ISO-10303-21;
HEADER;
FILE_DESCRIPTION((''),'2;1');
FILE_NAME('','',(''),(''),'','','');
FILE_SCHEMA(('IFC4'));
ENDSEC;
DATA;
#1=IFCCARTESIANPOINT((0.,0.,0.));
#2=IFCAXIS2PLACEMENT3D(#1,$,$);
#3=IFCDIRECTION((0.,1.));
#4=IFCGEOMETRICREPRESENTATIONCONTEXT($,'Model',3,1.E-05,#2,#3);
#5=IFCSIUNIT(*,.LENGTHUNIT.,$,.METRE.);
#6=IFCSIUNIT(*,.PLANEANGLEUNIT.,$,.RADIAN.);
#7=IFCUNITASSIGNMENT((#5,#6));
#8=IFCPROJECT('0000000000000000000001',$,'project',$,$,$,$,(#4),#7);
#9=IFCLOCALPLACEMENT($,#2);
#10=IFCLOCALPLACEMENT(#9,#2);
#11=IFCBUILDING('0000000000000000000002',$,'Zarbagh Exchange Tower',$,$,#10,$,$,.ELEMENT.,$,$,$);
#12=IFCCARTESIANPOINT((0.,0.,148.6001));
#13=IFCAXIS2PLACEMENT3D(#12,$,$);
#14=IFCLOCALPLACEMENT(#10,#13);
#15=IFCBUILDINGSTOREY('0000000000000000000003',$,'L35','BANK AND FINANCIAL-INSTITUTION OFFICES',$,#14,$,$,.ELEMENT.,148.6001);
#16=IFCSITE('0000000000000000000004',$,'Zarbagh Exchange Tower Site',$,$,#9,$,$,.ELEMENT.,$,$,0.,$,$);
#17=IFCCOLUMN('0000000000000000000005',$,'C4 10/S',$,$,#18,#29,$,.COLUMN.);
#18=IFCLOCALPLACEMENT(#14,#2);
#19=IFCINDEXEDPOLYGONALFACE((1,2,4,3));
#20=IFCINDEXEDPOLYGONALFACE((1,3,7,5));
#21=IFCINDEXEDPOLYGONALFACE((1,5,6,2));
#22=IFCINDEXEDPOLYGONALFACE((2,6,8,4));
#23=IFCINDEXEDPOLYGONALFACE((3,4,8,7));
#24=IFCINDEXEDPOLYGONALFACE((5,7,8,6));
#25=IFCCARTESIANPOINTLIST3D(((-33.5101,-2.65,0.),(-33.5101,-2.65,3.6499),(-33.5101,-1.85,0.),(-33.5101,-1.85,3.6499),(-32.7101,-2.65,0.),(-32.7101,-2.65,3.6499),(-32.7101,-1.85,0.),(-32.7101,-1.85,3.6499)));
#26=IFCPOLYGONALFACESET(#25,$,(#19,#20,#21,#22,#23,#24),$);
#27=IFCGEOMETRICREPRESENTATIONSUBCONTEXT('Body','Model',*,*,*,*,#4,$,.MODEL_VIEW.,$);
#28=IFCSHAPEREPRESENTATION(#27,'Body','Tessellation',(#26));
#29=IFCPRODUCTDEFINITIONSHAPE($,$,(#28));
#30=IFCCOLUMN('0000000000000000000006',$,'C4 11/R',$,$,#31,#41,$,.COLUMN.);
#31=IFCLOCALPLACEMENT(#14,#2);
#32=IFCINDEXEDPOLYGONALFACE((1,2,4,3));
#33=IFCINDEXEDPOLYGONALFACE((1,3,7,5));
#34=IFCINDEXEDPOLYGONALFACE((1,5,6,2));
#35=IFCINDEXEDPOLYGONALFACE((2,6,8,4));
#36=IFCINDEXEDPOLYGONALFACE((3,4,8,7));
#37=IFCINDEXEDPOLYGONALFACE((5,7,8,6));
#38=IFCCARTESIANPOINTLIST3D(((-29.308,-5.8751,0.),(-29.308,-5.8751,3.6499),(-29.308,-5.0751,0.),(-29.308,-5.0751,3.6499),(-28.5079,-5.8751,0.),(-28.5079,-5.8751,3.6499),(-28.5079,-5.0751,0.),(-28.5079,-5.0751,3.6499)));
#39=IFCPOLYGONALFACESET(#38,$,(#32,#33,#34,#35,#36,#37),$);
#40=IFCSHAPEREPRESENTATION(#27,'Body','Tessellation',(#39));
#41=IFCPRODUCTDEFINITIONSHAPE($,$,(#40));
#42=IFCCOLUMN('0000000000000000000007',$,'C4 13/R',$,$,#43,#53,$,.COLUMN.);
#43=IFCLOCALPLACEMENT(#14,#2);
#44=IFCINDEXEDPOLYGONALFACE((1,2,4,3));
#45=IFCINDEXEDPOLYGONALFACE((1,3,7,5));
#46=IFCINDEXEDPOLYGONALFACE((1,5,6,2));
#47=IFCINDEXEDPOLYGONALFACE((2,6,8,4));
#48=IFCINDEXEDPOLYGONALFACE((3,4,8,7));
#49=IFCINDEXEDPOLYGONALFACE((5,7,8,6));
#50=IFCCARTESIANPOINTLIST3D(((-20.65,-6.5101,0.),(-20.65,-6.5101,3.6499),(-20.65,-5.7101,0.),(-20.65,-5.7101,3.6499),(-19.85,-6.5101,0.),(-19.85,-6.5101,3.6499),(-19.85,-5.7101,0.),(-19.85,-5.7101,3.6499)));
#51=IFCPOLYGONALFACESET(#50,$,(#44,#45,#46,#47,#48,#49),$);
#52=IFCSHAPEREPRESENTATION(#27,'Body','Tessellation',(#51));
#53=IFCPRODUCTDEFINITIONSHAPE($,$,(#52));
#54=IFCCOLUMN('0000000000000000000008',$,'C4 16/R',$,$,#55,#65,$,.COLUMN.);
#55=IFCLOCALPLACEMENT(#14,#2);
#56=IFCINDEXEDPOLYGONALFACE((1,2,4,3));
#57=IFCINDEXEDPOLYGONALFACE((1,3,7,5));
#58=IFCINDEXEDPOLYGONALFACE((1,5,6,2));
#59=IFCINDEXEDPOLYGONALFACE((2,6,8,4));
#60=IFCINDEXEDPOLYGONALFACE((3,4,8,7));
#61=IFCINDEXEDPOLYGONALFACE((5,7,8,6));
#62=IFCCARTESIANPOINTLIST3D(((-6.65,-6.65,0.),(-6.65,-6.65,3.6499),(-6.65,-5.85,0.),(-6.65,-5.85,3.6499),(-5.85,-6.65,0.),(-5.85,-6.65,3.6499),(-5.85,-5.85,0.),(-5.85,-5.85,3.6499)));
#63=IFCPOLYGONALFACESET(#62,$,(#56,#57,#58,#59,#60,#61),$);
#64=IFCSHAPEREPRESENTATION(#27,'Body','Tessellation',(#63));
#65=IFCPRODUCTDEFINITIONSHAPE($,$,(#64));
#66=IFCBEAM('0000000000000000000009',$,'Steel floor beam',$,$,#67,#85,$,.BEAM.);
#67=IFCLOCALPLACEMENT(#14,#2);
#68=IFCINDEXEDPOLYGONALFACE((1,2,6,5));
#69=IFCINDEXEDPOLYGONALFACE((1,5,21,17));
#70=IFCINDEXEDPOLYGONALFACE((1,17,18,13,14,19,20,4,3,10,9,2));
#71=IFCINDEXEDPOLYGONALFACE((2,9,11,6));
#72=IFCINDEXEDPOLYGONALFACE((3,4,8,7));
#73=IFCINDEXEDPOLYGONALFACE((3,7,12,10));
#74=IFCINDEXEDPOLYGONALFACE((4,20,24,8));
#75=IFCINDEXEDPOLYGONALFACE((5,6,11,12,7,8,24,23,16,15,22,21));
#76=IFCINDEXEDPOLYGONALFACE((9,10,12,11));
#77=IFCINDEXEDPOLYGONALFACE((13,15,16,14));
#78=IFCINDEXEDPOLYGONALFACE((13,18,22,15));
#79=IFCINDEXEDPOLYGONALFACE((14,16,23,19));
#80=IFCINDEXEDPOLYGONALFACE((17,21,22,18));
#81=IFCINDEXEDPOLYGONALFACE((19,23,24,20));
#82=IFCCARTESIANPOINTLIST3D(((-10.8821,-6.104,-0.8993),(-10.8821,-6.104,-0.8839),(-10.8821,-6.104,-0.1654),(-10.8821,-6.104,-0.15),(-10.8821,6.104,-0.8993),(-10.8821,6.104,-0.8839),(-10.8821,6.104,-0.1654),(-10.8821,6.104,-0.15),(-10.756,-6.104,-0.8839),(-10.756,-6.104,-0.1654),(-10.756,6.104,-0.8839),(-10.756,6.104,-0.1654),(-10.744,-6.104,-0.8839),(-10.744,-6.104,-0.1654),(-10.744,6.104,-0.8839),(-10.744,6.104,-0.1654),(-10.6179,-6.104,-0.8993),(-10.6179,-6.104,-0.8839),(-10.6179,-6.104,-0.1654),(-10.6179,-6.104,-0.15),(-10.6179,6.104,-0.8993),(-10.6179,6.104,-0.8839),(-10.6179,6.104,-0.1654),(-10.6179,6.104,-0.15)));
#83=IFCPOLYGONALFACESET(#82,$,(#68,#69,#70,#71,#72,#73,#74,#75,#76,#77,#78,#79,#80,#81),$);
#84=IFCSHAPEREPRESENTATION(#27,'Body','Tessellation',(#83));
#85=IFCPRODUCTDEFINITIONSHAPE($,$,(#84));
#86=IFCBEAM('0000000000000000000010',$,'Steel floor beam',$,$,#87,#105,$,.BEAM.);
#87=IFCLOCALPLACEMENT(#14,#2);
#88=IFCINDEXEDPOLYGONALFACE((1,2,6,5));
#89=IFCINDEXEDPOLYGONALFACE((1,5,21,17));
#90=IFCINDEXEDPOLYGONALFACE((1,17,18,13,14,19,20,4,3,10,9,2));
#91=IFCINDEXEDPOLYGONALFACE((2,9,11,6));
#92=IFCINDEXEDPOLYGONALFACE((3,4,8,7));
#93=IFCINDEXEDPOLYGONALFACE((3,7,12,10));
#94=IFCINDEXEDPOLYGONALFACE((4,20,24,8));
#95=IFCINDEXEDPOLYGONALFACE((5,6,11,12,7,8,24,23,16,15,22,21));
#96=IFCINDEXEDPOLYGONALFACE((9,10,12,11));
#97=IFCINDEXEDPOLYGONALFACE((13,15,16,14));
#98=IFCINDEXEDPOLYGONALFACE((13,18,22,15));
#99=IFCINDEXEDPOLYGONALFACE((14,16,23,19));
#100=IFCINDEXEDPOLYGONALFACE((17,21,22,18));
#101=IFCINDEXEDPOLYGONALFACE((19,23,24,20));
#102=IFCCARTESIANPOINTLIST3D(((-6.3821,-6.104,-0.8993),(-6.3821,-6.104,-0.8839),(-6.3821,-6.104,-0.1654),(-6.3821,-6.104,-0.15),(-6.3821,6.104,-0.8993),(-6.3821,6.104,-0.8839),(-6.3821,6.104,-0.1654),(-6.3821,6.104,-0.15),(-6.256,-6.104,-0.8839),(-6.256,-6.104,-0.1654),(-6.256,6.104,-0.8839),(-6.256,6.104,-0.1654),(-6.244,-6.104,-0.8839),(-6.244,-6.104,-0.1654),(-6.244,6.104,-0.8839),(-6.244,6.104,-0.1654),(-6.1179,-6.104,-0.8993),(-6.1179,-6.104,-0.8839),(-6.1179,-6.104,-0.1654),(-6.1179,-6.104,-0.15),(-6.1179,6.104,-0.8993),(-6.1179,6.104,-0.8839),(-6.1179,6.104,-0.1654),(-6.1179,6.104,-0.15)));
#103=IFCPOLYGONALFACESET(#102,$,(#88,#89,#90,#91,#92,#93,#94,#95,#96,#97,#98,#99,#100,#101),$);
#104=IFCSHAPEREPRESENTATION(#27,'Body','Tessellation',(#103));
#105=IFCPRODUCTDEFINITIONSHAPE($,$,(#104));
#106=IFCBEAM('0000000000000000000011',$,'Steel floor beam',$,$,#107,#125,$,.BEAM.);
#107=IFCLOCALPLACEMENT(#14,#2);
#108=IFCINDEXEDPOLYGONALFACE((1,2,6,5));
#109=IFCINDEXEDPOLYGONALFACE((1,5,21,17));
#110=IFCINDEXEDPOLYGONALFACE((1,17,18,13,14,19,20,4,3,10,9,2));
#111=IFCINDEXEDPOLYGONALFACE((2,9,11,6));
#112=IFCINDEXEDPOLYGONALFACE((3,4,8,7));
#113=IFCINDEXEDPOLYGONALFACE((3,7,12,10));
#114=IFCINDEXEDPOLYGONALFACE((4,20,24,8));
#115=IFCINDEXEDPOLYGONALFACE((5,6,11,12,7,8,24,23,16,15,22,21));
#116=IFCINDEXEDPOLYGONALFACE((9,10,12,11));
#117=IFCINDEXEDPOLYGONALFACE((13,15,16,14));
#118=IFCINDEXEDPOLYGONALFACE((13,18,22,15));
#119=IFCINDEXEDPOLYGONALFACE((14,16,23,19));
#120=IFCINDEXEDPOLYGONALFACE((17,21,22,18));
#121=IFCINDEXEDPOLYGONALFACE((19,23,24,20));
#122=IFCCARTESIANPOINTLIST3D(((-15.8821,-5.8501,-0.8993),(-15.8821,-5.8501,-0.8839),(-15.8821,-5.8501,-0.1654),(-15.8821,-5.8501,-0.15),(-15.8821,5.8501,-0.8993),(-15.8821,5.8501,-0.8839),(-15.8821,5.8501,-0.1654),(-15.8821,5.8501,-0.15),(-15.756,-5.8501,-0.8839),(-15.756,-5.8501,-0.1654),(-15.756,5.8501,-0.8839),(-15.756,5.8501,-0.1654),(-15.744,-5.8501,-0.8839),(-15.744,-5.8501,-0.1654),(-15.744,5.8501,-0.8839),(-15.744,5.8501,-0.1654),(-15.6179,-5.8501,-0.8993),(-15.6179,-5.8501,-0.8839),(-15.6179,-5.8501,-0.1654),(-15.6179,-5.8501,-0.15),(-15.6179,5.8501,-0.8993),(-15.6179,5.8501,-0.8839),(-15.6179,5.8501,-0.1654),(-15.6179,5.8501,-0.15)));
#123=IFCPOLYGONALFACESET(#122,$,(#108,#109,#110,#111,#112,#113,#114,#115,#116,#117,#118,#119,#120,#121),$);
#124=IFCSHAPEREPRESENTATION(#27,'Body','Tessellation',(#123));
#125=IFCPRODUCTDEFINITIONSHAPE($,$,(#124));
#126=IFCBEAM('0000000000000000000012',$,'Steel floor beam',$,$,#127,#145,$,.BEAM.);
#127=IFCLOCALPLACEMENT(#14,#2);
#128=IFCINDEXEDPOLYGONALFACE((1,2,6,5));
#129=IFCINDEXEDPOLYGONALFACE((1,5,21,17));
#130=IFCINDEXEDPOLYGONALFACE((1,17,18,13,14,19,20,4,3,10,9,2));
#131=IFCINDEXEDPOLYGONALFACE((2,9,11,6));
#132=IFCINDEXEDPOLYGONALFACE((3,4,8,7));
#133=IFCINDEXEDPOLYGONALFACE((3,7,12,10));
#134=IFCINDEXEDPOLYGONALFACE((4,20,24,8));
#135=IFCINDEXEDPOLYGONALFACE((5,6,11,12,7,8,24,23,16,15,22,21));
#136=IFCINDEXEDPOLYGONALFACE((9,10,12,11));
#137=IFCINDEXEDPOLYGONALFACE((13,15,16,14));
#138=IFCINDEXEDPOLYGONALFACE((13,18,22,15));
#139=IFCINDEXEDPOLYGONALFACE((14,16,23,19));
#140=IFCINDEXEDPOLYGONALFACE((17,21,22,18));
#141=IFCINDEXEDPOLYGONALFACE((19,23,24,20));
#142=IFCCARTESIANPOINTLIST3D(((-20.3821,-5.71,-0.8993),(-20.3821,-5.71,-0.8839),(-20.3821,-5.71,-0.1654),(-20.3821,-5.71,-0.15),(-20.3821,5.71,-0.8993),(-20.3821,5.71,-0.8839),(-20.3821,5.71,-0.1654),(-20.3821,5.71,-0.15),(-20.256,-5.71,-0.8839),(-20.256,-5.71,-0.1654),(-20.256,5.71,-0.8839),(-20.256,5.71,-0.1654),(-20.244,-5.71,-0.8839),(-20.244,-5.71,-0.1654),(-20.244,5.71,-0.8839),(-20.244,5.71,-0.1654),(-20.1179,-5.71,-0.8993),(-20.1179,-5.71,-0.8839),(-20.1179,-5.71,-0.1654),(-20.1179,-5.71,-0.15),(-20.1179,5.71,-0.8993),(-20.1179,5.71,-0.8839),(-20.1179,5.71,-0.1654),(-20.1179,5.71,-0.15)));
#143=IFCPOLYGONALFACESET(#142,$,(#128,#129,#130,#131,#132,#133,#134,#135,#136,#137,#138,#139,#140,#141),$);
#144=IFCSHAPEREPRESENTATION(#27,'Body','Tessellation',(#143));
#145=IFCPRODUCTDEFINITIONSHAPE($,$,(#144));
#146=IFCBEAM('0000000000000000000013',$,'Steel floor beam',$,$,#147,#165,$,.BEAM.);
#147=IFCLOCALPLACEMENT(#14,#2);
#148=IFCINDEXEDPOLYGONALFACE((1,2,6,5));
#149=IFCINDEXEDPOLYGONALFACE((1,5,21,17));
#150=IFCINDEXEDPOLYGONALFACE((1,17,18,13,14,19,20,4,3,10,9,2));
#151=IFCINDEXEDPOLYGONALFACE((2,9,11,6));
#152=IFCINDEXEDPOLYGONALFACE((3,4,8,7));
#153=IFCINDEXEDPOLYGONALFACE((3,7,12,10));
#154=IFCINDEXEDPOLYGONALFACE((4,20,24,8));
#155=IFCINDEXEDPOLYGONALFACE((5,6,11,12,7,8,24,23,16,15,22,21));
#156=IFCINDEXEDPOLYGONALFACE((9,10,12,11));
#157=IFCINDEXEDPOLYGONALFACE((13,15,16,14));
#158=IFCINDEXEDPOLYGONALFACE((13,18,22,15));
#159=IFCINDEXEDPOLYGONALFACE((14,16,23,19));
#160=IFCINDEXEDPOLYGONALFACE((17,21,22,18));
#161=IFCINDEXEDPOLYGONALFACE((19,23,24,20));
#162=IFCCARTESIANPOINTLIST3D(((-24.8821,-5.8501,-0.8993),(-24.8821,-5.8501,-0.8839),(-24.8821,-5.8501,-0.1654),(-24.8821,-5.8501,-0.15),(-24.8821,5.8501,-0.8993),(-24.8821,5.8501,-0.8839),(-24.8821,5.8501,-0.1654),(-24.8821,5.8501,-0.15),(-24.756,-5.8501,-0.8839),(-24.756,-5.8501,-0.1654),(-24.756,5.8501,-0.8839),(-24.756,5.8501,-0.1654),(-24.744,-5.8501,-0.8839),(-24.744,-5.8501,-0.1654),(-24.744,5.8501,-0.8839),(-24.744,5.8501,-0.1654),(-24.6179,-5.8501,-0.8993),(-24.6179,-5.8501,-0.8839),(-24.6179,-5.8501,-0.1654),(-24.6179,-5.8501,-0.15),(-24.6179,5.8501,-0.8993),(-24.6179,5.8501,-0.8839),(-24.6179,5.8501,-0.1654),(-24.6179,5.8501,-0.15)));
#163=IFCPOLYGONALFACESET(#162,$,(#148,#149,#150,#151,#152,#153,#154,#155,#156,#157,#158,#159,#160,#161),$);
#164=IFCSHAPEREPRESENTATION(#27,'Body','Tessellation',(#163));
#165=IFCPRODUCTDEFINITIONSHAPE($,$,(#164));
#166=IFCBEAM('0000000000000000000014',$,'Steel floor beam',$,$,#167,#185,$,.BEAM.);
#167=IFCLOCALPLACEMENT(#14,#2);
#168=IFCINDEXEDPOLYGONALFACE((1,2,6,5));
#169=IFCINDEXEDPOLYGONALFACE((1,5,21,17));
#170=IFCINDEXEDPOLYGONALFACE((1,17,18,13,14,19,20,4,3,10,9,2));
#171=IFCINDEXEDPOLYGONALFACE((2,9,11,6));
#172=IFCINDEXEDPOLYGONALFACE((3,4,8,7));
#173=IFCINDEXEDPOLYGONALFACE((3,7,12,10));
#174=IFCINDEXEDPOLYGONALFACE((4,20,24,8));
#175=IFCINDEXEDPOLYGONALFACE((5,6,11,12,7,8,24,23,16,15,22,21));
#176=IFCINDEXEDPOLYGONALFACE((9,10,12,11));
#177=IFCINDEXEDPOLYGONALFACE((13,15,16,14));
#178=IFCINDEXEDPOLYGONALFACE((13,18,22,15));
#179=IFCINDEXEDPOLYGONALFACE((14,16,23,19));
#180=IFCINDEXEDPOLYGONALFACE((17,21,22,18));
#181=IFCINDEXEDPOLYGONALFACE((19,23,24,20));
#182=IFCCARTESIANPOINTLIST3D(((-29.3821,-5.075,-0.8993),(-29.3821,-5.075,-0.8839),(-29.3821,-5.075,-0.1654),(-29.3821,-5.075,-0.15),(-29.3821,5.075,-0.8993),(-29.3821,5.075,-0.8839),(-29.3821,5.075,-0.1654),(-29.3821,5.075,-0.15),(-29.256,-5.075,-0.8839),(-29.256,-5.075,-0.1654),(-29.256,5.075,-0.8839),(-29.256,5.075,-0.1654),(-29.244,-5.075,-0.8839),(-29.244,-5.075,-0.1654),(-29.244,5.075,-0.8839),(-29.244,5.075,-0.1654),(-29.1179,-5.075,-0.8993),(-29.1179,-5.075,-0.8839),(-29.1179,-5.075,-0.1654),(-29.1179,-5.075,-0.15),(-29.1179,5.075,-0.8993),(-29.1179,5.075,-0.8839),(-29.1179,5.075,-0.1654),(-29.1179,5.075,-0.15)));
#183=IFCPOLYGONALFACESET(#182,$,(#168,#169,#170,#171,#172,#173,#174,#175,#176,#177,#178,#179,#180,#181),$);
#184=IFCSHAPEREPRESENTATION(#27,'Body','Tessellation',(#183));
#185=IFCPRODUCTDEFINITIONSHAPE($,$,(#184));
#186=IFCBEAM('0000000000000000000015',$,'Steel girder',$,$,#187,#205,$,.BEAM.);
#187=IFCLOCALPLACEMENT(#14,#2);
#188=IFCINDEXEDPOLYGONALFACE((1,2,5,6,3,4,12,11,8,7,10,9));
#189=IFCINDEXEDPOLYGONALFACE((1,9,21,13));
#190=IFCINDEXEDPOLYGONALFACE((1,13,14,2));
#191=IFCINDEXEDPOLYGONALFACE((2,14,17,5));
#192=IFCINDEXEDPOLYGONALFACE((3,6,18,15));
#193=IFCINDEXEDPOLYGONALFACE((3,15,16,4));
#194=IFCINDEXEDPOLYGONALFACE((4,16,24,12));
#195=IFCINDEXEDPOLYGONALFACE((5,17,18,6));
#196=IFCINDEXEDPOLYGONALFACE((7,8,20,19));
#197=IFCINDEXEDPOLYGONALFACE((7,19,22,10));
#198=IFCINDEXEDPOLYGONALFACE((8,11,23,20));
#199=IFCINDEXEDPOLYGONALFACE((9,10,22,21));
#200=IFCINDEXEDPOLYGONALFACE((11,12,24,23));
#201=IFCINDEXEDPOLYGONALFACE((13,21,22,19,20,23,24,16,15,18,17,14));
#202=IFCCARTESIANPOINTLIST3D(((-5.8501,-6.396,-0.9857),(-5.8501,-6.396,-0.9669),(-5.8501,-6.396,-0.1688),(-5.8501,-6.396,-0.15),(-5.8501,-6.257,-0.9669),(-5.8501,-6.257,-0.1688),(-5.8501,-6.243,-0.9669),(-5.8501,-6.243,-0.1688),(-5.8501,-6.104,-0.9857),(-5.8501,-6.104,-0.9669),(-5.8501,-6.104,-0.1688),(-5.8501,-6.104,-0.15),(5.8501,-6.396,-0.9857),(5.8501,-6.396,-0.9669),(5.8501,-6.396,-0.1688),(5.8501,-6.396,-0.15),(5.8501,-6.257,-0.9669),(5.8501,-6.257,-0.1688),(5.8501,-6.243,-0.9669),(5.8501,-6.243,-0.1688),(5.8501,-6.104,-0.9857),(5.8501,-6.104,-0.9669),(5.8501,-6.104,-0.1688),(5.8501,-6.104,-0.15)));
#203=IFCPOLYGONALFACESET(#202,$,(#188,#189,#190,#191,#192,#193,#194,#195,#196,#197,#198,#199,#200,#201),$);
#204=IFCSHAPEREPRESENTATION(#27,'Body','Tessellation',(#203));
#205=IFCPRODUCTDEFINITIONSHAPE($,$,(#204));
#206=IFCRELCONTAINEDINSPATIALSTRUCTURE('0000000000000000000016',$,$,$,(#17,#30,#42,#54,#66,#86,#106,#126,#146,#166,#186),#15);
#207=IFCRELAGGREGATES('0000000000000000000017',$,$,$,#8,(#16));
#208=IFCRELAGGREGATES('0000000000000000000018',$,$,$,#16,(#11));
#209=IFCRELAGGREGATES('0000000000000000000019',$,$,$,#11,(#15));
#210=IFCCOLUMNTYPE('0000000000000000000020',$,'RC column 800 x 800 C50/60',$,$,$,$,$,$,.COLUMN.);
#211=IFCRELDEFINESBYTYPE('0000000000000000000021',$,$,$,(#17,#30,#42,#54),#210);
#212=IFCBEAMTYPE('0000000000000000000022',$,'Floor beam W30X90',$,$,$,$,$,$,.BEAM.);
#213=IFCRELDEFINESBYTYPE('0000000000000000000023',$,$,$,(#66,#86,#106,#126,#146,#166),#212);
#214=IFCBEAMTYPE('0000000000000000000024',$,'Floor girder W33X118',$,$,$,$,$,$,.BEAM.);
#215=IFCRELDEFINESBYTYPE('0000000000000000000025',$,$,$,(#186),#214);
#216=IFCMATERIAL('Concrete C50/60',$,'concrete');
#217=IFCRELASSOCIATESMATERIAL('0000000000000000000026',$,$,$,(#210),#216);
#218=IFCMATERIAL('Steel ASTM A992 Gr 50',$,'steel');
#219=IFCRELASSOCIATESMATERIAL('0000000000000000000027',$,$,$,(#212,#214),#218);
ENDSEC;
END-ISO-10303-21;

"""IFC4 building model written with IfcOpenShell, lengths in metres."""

from ifc_helpers import new_model, si_unit, direction, frame, origin, origin_2d, place, context, subcontext, project, spatial, rectangle, i_section, extrude, material, material_profile, profile_set, type_object, element, save


model = new_model("IFC4")

# Units and contexts
model_context = context("Model", 3, precision=1e-05, world=origin(), true_north=direction((0.0, 1.0)))
body_context = subcontext(model_context, "Body", "Model", "MODEL_VIEW")
ifc_project = project(units=[si_unit("LENGTHUNIT", "METRE"), si_unit("PLANEANGLEUNIT", "RADIAN")], contexts=[model_context])

# Site, building, storey
site_placement = place(None, origin())
site = spatial("IfcSite", under=ifc_project, at=site_placement, Name="Zarbagh Exchange Tower Site", CompositionType="ELEMENT", RefElevation=0.0)
building_placement = place(site_placement, origin())
building = spatial("IfcBuilding", under=site, at=building_placement, Name="Zarbagh Exchange Tower", CompositionType="ELEMENT")
storey_placement = place(building_placement, frame((0.0, 0.0, 148.6001)))
storey = spatial("IfcBuildingStorey", under=building, at=storey_placement, Name="L35", Description="BANK AND FINANCIAL-INSTITUTION OFFICES", CompositionType="ELEMENT", Elevation=148.6001)

# Columns
ifc_material_1 = material(Name="Concrete C50/60", Category="concrete")
ifc_material_profile_1 = material_profile(ifc_material_1, rectangle(XDim=0.8, YDim=0.8, at=origin_2d()), Name="RC column 800 x 800 C50/60")
ifc_profile_set_1 = profile_set([ifc_material_profile_1], Name="Concrete C50/60")
column_type = type_object("IfcColumnType", Name="RC column 800 x 800 C50/60", PredefinedType="COLUMN", material=ifc_profile_set_1)
for number, where, z_axis, x_axis, name in (
    (1, (-33.1101, -2.25, 0.0), (0.0, 0.0, 1.0), (1.0, 0.0, 0.0), "C4 10/S"),
    (2, (-28.908, -5.4751, 0.0), (0.0, 0.0, 1.0), (1.0, 0.0, 0.0), "C4 11/R"),
    (3, (-20.25, -6.1101, 0.0), (0.0, 0.0, 1.0), (1.0, 0.0, 0.0), "C4 13/R"),
    (4, (-6.25, -6.25, 0.0), (0.0, 0.0, 1.0), (1.0, 0.0, 0.0), "C4 16/R"),
):
    element("IfcColumn", number, at=place(storey_placement, frame(where, z_axis=z_axis, x_axis=x_axis)), inside=storey, type_object=column_type, Name=name, PredefinedType="COLUMN", context=body_context, shape_type="SweptSolid", body=[
        extrude(rectangle(XDim=0.8, YDim=0.8, at=origin_2d()), origin(), (0.0, 0.0, 1.0), 3.6499),
    ])

# Beams
ifc_material_2 = material(Name="Steel ASTM A992 Gr 50", Category="steel")
ifc_material_profile_2 = material_profile(ifc_material_2, i_section(OverallWidth=0.2642, OverallDepth=0.7493, WebThickness=0.012, FlangeThickness=0.0154, at=origin_2d()), Name="W30X90")
ifc_profile_set_2 = profile_set([ifc_material_profile_2], Name="Steel ASTM A992 Gr 50")
beam_type_1 = type_object("IfcBeamType", Name="Floor beam W30X90", PredefinedType="BEAM", material=ifc_profile_set_2)
for number, where, z_axis, x_axis, name in (
    (5, (-10.75, -6.104, -0.5247), (0.0, 1.0, 0.0), (-1.0, 0.0, 0.0), "Steel floor beam"),
    (6, (-6.25, -6.104, -0.5247), (0.0, 1.0, 0.0), (-1.0, 0.0, 0.0), "Steel floor beam"),
):
    element("IfcBeam", number, at=place(storey_placement, frame(where, z_axis=z_axis, x_axis=x_axis)), inside=storey, type_object=beam_type_1, Name=name, PredefinedType="BEAM", context=body_context, shape_type="SweptSolid", body=[
        extrude(i_section(OverallWidth=0.2642, OverallDepth=0.7493, WebThickness=0.012, FlangeThickness=0.0154, at=origin_2d()), origin(), (0.0, 0.0, 1.0), 12.208),
    ])
beam_1_placement = place(storey_placement, frame((-15.75, -5.8501, -0.5247), z_axis=(0.0, 1.0, 0.0), x_axis=(-1.0, 0.0, 0.0)))
element("IfcBeam", 7, at=beam_1_placement, inside=storey, type_object=beam_type_1, Name="Steel floor beam", PredefinedType="BEAM", context=body_context, shape_type="SweptSolid", body=[
    extrude(i_section(OverallWidth=0.2642, OverallDepth=0.7493, WebThickness=0.012, FlangeThickness=0.0154, at=origin_2d()), origin(), (0.0, 0.0, 1.0), 11.7002),
])
beam_2_placement = place(storey_placement, frame((-20.25, -5.71, -0.5247), z_axis=(0.0, 1.0, 0.0), x_axis=(-1.0, 0.0, 0.0)))
element("IfcBeam", 8, at=beam_2_placement, inside=storey, type_object=beam_type_1, Name="Steel floor beam", PredefinedType="BEAM", context=body_context, shape_type="SweptSolid", body=[
    extrude(i_section(OverallWidth=0.2642, OverallDepth=0.7493, WebThickness=0.012, FlangeThickness=0.0154, at=origin_2d()), origin(), (0.0, 0.0, 1.0), 11.4199),
])
beam_3_placement = place(storey_placement, frame((-24.75, -5.8501, -0.5247), z_axis=(0.0, 1.0, 0.0), x_axis=(-1.0, 0.0, 0.0)))
element("IfcBeam", 9, at=beam_3_placement, inside=storey, type_object=beam_type_1, Name="Steel floor beam", PredefinedType="BEAM", context=body_context, shape_type="SweptSolid", body=[
    extrude(i_section(OverallWidth=0.2642, OverallDepth=0.7493, WebThickness=0.012, FlangeThickness=0.0154, at=origin_2d()), origin(), (0.0, 0.0, 1.0), 11.7002),
])
beam_4_placement = place(storey_placement, frame((-29.25, -5.075, -0.5247), z_axis=(0.0, 1.0, 0.0), x_axis=(-1.0, 0.0, 0.0)))
element("IfcBeam", 10, at=beam_4_placement, inside=storey, type_object=beam_type_1, Name="Steel floor beam", PredefinedType="BEAM", context=body_context, shape_type="SweptSolid", body=[
    extrude(i_section(OverallWidth=0.2642, OverallDepth=0.7493, WebThickness=0.012, FlangeThickness=0.0154, at=origin_2d()), origin(), (0.0, 0.0, 1.0), 10.1499),
])
ifc_material_profile_3 = material_profile(ifc_material_2, i_section(OverallWidth=0.292, OverallDepth=0.8357, WebThickness=0.0139, FlangeThickness=0.0188, at=origin_2d()), Name="W33X118")
ifc_profile_set_3 = profile_set([ifc_material_profile_3], Name="Steel ASTM A992 Gr 50")
beam_type_2 = type_object("IfcBeamType", Name="Floor girder W33X118", PredefinedType="BEAM", material=ifc_profile_set_3)
beam_5_placement = place(storey_placement, frame((-5.8501, -6.25, -0.5679), z_axis=(1.0, 0.0, 0.0), x_axis=(0.0, 1.0, 0.0)))
element("IfcBeam", 11, at=beam_5_placement, inside=storey, type_object=beam_type_2, Name="Steel girder", PredefinedType="BEAM", context=body_context, shape_type="SweptSolid", body=[
    extrude(i_section(OverallWidth=0.292, OverallDepth=0.8357, WebThickness=0.0139, FlangeThickness=0.0188, at=origin_2d()), origin(), (0.0, 0.0, 1.0), 11.7002),
])

save(model, "model.ifc")
